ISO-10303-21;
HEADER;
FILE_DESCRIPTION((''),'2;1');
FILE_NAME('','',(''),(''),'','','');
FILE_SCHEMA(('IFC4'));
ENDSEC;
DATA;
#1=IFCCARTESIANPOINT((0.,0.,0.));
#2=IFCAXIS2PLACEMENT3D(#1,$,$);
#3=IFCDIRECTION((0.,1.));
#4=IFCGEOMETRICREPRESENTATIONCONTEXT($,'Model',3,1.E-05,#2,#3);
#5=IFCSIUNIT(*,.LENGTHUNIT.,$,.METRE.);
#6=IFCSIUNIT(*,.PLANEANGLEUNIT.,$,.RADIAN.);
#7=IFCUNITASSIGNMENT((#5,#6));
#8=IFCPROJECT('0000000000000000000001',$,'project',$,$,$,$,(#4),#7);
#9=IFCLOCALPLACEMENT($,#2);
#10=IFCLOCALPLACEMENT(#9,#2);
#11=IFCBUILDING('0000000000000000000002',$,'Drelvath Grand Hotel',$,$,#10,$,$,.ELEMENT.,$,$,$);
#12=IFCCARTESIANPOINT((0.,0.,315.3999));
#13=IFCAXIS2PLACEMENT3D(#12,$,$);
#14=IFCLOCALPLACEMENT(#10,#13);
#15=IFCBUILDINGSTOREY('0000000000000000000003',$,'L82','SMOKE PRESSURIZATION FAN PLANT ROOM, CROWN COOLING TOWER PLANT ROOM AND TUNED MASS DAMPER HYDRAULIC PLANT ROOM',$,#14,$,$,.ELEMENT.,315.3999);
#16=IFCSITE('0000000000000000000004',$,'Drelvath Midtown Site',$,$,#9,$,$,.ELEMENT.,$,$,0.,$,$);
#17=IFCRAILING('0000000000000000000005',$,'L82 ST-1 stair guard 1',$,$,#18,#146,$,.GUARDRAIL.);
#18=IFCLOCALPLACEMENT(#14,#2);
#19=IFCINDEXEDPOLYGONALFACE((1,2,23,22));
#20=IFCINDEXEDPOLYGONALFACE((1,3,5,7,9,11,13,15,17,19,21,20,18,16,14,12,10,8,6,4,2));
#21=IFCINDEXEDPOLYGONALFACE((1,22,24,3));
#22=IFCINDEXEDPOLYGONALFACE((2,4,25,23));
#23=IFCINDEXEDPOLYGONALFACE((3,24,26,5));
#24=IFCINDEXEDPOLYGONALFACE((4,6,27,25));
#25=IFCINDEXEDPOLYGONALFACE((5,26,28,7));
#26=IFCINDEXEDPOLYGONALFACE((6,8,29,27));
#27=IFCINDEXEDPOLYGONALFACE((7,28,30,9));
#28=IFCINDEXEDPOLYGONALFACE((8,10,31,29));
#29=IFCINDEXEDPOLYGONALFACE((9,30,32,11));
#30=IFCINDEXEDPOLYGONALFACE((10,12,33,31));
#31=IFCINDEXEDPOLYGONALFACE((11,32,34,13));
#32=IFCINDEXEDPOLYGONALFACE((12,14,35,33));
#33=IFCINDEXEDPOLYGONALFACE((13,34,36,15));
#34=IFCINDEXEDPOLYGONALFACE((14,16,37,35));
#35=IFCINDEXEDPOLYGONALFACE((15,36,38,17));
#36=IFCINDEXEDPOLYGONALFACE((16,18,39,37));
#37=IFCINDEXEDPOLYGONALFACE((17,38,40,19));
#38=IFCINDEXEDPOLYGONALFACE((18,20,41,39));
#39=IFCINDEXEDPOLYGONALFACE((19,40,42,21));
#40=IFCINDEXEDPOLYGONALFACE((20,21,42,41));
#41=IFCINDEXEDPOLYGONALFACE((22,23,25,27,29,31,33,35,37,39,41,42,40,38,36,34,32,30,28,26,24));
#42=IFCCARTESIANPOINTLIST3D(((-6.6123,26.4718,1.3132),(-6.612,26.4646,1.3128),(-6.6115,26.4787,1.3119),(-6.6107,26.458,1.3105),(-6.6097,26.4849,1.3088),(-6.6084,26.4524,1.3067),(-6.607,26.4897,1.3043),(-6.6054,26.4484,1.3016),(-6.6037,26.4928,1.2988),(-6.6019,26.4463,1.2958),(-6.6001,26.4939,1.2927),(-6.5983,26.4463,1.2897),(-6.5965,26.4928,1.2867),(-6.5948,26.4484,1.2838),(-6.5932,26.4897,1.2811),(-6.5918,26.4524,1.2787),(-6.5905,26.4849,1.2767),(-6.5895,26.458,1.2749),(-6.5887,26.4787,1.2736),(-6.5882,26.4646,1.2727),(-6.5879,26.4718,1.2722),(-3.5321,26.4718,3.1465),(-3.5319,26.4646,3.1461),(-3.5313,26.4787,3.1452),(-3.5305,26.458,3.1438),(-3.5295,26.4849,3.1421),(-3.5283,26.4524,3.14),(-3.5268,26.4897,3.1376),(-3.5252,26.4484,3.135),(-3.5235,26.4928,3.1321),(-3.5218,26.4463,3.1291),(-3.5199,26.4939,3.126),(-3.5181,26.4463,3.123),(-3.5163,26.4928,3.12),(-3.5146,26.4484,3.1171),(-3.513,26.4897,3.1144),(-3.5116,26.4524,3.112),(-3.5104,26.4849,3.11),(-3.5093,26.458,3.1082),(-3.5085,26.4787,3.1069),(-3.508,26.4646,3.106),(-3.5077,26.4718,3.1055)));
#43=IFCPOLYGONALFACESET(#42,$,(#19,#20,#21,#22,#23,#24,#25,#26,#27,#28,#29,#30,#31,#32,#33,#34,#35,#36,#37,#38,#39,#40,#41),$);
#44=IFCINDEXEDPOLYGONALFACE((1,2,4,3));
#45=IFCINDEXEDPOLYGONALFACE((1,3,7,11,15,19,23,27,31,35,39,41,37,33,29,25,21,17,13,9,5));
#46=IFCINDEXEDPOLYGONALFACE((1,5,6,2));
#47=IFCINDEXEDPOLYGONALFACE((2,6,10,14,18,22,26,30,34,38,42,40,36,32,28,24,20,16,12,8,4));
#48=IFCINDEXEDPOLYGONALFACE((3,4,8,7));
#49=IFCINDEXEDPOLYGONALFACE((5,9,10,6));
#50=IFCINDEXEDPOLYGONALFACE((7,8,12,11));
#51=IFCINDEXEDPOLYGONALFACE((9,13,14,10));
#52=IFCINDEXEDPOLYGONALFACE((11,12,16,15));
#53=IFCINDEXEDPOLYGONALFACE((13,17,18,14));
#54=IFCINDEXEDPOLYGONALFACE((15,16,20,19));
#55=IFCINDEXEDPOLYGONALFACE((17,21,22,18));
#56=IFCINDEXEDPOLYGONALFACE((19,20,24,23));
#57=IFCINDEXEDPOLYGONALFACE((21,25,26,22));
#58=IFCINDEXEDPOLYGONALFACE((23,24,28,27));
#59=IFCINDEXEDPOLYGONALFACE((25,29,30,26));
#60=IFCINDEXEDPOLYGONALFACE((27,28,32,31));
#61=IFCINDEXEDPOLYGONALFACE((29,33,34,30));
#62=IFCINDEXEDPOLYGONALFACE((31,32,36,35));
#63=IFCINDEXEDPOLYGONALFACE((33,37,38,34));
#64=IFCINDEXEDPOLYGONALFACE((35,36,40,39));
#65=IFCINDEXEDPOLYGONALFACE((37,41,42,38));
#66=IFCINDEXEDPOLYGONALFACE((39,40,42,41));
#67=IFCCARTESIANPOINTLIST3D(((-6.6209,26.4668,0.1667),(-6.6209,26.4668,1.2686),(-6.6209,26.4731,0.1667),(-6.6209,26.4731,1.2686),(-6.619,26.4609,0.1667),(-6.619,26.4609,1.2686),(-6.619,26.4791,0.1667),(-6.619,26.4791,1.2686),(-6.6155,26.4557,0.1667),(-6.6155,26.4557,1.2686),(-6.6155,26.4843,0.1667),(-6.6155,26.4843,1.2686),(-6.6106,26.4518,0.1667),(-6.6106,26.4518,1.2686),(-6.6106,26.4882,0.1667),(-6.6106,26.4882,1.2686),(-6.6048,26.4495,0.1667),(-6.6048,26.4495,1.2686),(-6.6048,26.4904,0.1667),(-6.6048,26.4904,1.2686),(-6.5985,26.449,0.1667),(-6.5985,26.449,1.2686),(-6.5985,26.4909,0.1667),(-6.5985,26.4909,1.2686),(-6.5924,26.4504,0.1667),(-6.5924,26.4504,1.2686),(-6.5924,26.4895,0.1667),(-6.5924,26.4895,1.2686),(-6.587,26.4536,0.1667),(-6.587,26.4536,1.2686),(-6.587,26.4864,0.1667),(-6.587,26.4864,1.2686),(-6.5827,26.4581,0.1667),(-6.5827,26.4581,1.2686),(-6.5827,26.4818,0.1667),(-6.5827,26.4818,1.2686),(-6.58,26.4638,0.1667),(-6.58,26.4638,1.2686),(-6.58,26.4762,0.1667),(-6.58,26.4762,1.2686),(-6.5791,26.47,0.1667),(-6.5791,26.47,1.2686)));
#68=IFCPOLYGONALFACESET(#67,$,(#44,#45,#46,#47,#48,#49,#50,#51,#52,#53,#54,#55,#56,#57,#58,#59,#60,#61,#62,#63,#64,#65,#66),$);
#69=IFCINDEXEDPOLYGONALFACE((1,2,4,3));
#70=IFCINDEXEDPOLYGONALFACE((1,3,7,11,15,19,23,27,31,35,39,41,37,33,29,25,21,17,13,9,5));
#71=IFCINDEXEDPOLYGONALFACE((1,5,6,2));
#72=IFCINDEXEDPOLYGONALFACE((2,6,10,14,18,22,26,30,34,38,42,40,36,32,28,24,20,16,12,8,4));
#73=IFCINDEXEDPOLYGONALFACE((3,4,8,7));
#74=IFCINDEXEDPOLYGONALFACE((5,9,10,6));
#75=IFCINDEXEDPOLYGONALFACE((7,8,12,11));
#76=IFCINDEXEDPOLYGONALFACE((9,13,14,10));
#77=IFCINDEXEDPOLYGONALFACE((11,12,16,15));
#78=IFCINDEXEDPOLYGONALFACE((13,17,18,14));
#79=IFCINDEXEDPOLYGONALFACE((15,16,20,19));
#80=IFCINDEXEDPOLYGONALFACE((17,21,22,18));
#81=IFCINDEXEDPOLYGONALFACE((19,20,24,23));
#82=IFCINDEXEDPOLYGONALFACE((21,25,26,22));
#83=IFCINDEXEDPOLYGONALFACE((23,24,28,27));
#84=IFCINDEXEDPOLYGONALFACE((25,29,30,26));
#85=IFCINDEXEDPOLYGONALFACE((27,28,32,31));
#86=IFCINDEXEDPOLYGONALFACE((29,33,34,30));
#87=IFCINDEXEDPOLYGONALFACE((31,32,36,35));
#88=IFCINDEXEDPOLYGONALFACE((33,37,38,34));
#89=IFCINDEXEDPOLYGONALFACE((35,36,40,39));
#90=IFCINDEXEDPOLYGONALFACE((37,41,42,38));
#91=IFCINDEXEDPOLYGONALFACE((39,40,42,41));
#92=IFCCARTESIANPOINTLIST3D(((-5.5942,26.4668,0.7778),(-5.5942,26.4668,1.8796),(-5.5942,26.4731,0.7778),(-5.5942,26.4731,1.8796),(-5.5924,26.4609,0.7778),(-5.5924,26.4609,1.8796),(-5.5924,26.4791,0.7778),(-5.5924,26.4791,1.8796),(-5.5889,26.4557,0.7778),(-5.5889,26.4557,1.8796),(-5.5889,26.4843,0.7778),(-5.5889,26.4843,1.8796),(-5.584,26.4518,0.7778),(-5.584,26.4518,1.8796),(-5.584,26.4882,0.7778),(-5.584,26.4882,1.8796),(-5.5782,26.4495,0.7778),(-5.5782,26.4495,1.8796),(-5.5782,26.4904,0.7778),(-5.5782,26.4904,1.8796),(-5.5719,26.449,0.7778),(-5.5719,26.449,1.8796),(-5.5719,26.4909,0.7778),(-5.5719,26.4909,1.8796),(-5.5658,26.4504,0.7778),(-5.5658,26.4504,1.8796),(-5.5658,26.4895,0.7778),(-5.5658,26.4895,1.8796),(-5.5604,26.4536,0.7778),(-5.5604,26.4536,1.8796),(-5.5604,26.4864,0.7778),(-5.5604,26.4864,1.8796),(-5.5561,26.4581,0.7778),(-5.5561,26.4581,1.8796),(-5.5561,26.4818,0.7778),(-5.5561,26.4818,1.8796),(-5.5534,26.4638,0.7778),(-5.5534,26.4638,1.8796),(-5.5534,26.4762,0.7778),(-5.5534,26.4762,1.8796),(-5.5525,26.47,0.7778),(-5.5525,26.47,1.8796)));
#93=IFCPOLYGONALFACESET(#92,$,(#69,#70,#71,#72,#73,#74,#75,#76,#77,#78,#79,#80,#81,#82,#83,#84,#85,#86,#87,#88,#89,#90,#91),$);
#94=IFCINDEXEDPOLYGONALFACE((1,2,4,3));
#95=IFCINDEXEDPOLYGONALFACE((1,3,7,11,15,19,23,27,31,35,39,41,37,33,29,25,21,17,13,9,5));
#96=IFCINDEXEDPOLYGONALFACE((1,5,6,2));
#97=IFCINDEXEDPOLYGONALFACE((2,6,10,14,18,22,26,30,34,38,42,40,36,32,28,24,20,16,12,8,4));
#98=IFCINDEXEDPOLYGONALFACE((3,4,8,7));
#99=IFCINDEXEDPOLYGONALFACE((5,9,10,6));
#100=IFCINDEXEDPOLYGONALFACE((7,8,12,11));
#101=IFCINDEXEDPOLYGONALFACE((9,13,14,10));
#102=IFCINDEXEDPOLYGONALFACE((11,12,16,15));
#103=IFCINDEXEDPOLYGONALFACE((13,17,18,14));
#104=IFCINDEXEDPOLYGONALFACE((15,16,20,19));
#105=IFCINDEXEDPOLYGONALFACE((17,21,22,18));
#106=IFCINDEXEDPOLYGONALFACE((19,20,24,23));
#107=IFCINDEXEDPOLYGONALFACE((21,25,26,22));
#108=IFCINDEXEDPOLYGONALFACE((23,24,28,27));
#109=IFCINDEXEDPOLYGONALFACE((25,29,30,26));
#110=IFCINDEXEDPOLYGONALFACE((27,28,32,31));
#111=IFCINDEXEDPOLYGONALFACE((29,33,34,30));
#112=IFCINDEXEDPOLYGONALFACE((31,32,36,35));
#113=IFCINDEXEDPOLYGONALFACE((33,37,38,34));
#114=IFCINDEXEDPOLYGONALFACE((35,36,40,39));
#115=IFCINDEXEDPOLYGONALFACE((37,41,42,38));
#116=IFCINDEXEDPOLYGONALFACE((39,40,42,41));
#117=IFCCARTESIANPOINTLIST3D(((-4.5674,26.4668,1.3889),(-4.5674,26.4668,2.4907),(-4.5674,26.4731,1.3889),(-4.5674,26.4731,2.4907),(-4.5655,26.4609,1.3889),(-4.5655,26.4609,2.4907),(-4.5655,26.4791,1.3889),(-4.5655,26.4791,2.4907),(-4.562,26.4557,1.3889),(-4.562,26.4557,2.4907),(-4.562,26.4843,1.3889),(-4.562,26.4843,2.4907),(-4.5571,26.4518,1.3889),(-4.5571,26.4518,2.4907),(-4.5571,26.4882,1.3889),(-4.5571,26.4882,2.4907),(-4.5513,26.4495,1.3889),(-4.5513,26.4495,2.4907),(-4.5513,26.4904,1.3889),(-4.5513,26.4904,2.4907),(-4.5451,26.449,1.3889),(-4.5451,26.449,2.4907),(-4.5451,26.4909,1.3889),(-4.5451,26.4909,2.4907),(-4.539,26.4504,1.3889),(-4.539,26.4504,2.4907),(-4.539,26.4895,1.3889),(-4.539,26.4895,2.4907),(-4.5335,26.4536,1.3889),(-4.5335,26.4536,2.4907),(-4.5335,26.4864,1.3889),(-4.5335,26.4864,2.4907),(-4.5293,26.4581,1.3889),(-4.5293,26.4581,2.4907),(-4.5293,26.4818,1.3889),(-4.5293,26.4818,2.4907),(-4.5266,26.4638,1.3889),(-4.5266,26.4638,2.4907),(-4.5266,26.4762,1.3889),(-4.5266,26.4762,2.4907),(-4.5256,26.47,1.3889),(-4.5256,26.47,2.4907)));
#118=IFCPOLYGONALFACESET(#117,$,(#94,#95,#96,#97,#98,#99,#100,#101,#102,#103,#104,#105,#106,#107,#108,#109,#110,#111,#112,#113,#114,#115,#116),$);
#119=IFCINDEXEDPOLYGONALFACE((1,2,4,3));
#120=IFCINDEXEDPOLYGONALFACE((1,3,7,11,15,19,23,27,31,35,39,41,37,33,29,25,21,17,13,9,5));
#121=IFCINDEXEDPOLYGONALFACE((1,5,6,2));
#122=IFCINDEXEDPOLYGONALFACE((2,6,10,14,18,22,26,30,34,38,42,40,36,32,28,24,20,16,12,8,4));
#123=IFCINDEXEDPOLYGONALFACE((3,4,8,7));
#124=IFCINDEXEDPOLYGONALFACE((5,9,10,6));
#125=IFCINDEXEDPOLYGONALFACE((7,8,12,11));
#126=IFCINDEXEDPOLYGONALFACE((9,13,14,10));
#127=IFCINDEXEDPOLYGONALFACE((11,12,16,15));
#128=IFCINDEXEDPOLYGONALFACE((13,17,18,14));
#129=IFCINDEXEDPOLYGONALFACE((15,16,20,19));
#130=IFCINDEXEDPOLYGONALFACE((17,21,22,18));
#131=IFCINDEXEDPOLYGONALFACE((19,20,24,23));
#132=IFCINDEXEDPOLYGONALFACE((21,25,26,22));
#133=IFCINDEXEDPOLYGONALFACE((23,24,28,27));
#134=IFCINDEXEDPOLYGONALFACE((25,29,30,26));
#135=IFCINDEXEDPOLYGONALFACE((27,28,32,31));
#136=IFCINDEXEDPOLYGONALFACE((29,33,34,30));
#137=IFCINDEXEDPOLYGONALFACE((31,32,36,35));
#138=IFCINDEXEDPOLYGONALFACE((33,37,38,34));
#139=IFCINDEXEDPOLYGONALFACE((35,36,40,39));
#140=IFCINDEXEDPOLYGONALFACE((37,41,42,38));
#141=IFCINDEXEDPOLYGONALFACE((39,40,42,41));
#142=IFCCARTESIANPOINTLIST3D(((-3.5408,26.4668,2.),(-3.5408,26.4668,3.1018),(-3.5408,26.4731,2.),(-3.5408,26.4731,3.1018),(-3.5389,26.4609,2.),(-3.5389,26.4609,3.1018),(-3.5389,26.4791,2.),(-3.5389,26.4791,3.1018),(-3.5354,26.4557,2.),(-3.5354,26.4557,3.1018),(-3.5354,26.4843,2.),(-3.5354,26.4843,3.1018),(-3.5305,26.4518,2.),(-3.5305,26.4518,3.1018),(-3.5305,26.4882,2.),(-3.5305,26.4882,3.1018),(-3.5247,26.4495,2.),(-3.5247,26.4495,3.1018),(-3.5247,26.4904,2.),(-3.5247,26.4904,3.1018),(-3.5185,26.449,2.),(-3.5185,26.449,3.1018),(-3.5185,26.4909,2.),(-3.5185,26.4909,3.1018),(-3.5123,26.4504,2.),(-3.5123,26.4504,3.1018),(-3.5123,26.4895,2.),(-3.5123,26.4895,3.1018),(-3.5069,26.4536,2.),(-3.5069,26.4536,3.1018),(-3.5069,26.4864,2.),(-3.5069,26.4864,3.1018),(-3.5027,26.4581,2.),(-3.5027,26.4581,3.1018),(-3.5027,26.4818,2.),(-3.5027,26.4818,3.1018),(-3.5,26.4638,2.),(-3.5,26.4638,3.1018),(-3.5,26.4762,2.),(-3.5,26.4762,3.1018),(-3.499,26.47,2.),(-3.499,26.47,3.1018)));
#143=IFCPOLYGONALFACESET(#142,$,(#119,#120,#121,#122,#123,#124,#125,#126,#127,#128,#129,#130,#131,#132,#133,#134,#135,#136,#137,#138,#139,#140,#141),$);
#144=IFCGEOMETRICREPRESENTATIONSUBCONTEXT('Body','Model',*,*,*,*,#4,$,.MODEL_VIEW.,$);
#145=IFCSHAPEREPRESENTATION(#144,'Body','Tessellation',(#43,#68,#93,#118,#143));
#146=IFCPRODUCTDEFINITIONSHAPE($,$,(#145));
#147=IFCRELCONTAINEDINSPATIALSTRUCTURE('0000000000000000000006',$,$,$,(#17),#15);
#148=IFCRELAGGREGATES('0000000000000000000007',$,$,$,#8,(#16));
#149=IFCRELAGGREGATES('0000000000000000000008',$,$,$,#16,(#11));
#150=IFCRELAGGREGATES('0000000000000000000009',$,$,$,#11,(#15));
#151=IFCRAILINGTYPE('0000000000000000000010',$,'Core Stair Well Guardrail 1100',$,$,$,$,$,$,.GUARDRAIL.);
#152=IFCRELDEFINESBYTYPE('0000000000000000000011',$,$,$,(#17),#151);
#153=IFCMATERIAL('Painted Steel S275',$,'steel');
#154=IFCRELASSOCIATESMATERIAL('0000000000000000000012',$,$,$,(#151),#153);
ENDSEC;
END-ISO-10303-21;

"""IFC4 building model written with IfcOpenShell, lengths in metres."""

from ifc_helpers import new_model, si_unit, direction, frame, origin, origin_2d, place, context, subcontext, project, spatial, circle, extrude, material, type_object, element, save


model = new_model("IFC4")

# Units and contexts
model_context = context("Model", 3, precision=1e-05, world=origin(), true_north=direction((0.0, 1.0)))
body_context = subcontext(model_context, "Body", "Model", "MODEL_VIEW")
ifc_project = project(units=[si_unit("LENGTHUNIT", "METRE"), si_unit("PLANEANGLEUNIT", "RADIAN")], contexts=[model_context])

# Site, building, storey
site_placement = place(None, origin())
site = spatial("IfcSite", under=ifc_project, at=site_placement, Name="Drelvath Midtown Site", CompositionType="ELEMENT", RefElevation=0.0)
building_placement = place(site_placement, origin())
building = spatial("IfcBuilding", under=site, at=building_placement, Name="Drelvath Grand Hotel", CompositionType="ELEMENT")
storey_placement = place(building_placement, frame((0.0, 0.0, 315.3999)))
storey = spatial("IfcBuildingStorey", under=building, at=storey_placement, Name="L82", Description="SMOKE PRESSURIZATION FAN PLANT ROOM, CROWN COOLING TOWER PLANT ROOM AND TUNED MASS DAMPER HYDRAULIC PLANT ROOM", CompositionType="ELEMENT", Elevation=315.3999)

# Shared definitions
ifc_material_1 = material(Name="Painted Steel S275", Category="steel")

# Railing
railing_type_1 = type_object("IfcRailingType", Name="Core Stair Well Guardrail 1100", PredefinedType="GUARDRAIL", material=ifc_material_1)
railing_1_placement = place(storey_placement, frame((-6.6001, 26.47, 0.1667)))
element("IfcRailing", 1, at=railing_1_placement, inside=storey, type_object=railing_type_1, Name="L82 ST-1 stair guard 1", PredefinedType="GUARDRAIL", context=body_context, shape_type="SweptSolid", body=[
    extrude(circle(Radius=0.0239, at=origin_2d()), frame((0.0, 0.0, 1.126), z_axis=(0.859309, 0.0, 0.511458), x_axis=(0.0, 1.0, 0.0)), (0.0, 0.0, 1.0), 3.5845),
    extrude(circle(Radius=0.021, at=origin_2d()), origin(), (0.0, 0.0, 1.0), 1.1018),
    extrude(circle(Radius=0.021, at=origin_2d()), frame((1.0266, 0.0, 0.6111)), (0.0, 0.0, 1.0), 1.1018),
    extrude(circle(Radius=0.021, at=origin_2d()), frame((2.0535, 0.0, 1.2222)), (0.0, 0.0, 1.0), 1.1018),
    extrude(circle(Radius=0.021, at=origin_2d()), frame((3.0801, 0.0, 1.8333)), (0.0, 0.0, 1.0), 1.1018),
])

save(model, "model.ifc")
